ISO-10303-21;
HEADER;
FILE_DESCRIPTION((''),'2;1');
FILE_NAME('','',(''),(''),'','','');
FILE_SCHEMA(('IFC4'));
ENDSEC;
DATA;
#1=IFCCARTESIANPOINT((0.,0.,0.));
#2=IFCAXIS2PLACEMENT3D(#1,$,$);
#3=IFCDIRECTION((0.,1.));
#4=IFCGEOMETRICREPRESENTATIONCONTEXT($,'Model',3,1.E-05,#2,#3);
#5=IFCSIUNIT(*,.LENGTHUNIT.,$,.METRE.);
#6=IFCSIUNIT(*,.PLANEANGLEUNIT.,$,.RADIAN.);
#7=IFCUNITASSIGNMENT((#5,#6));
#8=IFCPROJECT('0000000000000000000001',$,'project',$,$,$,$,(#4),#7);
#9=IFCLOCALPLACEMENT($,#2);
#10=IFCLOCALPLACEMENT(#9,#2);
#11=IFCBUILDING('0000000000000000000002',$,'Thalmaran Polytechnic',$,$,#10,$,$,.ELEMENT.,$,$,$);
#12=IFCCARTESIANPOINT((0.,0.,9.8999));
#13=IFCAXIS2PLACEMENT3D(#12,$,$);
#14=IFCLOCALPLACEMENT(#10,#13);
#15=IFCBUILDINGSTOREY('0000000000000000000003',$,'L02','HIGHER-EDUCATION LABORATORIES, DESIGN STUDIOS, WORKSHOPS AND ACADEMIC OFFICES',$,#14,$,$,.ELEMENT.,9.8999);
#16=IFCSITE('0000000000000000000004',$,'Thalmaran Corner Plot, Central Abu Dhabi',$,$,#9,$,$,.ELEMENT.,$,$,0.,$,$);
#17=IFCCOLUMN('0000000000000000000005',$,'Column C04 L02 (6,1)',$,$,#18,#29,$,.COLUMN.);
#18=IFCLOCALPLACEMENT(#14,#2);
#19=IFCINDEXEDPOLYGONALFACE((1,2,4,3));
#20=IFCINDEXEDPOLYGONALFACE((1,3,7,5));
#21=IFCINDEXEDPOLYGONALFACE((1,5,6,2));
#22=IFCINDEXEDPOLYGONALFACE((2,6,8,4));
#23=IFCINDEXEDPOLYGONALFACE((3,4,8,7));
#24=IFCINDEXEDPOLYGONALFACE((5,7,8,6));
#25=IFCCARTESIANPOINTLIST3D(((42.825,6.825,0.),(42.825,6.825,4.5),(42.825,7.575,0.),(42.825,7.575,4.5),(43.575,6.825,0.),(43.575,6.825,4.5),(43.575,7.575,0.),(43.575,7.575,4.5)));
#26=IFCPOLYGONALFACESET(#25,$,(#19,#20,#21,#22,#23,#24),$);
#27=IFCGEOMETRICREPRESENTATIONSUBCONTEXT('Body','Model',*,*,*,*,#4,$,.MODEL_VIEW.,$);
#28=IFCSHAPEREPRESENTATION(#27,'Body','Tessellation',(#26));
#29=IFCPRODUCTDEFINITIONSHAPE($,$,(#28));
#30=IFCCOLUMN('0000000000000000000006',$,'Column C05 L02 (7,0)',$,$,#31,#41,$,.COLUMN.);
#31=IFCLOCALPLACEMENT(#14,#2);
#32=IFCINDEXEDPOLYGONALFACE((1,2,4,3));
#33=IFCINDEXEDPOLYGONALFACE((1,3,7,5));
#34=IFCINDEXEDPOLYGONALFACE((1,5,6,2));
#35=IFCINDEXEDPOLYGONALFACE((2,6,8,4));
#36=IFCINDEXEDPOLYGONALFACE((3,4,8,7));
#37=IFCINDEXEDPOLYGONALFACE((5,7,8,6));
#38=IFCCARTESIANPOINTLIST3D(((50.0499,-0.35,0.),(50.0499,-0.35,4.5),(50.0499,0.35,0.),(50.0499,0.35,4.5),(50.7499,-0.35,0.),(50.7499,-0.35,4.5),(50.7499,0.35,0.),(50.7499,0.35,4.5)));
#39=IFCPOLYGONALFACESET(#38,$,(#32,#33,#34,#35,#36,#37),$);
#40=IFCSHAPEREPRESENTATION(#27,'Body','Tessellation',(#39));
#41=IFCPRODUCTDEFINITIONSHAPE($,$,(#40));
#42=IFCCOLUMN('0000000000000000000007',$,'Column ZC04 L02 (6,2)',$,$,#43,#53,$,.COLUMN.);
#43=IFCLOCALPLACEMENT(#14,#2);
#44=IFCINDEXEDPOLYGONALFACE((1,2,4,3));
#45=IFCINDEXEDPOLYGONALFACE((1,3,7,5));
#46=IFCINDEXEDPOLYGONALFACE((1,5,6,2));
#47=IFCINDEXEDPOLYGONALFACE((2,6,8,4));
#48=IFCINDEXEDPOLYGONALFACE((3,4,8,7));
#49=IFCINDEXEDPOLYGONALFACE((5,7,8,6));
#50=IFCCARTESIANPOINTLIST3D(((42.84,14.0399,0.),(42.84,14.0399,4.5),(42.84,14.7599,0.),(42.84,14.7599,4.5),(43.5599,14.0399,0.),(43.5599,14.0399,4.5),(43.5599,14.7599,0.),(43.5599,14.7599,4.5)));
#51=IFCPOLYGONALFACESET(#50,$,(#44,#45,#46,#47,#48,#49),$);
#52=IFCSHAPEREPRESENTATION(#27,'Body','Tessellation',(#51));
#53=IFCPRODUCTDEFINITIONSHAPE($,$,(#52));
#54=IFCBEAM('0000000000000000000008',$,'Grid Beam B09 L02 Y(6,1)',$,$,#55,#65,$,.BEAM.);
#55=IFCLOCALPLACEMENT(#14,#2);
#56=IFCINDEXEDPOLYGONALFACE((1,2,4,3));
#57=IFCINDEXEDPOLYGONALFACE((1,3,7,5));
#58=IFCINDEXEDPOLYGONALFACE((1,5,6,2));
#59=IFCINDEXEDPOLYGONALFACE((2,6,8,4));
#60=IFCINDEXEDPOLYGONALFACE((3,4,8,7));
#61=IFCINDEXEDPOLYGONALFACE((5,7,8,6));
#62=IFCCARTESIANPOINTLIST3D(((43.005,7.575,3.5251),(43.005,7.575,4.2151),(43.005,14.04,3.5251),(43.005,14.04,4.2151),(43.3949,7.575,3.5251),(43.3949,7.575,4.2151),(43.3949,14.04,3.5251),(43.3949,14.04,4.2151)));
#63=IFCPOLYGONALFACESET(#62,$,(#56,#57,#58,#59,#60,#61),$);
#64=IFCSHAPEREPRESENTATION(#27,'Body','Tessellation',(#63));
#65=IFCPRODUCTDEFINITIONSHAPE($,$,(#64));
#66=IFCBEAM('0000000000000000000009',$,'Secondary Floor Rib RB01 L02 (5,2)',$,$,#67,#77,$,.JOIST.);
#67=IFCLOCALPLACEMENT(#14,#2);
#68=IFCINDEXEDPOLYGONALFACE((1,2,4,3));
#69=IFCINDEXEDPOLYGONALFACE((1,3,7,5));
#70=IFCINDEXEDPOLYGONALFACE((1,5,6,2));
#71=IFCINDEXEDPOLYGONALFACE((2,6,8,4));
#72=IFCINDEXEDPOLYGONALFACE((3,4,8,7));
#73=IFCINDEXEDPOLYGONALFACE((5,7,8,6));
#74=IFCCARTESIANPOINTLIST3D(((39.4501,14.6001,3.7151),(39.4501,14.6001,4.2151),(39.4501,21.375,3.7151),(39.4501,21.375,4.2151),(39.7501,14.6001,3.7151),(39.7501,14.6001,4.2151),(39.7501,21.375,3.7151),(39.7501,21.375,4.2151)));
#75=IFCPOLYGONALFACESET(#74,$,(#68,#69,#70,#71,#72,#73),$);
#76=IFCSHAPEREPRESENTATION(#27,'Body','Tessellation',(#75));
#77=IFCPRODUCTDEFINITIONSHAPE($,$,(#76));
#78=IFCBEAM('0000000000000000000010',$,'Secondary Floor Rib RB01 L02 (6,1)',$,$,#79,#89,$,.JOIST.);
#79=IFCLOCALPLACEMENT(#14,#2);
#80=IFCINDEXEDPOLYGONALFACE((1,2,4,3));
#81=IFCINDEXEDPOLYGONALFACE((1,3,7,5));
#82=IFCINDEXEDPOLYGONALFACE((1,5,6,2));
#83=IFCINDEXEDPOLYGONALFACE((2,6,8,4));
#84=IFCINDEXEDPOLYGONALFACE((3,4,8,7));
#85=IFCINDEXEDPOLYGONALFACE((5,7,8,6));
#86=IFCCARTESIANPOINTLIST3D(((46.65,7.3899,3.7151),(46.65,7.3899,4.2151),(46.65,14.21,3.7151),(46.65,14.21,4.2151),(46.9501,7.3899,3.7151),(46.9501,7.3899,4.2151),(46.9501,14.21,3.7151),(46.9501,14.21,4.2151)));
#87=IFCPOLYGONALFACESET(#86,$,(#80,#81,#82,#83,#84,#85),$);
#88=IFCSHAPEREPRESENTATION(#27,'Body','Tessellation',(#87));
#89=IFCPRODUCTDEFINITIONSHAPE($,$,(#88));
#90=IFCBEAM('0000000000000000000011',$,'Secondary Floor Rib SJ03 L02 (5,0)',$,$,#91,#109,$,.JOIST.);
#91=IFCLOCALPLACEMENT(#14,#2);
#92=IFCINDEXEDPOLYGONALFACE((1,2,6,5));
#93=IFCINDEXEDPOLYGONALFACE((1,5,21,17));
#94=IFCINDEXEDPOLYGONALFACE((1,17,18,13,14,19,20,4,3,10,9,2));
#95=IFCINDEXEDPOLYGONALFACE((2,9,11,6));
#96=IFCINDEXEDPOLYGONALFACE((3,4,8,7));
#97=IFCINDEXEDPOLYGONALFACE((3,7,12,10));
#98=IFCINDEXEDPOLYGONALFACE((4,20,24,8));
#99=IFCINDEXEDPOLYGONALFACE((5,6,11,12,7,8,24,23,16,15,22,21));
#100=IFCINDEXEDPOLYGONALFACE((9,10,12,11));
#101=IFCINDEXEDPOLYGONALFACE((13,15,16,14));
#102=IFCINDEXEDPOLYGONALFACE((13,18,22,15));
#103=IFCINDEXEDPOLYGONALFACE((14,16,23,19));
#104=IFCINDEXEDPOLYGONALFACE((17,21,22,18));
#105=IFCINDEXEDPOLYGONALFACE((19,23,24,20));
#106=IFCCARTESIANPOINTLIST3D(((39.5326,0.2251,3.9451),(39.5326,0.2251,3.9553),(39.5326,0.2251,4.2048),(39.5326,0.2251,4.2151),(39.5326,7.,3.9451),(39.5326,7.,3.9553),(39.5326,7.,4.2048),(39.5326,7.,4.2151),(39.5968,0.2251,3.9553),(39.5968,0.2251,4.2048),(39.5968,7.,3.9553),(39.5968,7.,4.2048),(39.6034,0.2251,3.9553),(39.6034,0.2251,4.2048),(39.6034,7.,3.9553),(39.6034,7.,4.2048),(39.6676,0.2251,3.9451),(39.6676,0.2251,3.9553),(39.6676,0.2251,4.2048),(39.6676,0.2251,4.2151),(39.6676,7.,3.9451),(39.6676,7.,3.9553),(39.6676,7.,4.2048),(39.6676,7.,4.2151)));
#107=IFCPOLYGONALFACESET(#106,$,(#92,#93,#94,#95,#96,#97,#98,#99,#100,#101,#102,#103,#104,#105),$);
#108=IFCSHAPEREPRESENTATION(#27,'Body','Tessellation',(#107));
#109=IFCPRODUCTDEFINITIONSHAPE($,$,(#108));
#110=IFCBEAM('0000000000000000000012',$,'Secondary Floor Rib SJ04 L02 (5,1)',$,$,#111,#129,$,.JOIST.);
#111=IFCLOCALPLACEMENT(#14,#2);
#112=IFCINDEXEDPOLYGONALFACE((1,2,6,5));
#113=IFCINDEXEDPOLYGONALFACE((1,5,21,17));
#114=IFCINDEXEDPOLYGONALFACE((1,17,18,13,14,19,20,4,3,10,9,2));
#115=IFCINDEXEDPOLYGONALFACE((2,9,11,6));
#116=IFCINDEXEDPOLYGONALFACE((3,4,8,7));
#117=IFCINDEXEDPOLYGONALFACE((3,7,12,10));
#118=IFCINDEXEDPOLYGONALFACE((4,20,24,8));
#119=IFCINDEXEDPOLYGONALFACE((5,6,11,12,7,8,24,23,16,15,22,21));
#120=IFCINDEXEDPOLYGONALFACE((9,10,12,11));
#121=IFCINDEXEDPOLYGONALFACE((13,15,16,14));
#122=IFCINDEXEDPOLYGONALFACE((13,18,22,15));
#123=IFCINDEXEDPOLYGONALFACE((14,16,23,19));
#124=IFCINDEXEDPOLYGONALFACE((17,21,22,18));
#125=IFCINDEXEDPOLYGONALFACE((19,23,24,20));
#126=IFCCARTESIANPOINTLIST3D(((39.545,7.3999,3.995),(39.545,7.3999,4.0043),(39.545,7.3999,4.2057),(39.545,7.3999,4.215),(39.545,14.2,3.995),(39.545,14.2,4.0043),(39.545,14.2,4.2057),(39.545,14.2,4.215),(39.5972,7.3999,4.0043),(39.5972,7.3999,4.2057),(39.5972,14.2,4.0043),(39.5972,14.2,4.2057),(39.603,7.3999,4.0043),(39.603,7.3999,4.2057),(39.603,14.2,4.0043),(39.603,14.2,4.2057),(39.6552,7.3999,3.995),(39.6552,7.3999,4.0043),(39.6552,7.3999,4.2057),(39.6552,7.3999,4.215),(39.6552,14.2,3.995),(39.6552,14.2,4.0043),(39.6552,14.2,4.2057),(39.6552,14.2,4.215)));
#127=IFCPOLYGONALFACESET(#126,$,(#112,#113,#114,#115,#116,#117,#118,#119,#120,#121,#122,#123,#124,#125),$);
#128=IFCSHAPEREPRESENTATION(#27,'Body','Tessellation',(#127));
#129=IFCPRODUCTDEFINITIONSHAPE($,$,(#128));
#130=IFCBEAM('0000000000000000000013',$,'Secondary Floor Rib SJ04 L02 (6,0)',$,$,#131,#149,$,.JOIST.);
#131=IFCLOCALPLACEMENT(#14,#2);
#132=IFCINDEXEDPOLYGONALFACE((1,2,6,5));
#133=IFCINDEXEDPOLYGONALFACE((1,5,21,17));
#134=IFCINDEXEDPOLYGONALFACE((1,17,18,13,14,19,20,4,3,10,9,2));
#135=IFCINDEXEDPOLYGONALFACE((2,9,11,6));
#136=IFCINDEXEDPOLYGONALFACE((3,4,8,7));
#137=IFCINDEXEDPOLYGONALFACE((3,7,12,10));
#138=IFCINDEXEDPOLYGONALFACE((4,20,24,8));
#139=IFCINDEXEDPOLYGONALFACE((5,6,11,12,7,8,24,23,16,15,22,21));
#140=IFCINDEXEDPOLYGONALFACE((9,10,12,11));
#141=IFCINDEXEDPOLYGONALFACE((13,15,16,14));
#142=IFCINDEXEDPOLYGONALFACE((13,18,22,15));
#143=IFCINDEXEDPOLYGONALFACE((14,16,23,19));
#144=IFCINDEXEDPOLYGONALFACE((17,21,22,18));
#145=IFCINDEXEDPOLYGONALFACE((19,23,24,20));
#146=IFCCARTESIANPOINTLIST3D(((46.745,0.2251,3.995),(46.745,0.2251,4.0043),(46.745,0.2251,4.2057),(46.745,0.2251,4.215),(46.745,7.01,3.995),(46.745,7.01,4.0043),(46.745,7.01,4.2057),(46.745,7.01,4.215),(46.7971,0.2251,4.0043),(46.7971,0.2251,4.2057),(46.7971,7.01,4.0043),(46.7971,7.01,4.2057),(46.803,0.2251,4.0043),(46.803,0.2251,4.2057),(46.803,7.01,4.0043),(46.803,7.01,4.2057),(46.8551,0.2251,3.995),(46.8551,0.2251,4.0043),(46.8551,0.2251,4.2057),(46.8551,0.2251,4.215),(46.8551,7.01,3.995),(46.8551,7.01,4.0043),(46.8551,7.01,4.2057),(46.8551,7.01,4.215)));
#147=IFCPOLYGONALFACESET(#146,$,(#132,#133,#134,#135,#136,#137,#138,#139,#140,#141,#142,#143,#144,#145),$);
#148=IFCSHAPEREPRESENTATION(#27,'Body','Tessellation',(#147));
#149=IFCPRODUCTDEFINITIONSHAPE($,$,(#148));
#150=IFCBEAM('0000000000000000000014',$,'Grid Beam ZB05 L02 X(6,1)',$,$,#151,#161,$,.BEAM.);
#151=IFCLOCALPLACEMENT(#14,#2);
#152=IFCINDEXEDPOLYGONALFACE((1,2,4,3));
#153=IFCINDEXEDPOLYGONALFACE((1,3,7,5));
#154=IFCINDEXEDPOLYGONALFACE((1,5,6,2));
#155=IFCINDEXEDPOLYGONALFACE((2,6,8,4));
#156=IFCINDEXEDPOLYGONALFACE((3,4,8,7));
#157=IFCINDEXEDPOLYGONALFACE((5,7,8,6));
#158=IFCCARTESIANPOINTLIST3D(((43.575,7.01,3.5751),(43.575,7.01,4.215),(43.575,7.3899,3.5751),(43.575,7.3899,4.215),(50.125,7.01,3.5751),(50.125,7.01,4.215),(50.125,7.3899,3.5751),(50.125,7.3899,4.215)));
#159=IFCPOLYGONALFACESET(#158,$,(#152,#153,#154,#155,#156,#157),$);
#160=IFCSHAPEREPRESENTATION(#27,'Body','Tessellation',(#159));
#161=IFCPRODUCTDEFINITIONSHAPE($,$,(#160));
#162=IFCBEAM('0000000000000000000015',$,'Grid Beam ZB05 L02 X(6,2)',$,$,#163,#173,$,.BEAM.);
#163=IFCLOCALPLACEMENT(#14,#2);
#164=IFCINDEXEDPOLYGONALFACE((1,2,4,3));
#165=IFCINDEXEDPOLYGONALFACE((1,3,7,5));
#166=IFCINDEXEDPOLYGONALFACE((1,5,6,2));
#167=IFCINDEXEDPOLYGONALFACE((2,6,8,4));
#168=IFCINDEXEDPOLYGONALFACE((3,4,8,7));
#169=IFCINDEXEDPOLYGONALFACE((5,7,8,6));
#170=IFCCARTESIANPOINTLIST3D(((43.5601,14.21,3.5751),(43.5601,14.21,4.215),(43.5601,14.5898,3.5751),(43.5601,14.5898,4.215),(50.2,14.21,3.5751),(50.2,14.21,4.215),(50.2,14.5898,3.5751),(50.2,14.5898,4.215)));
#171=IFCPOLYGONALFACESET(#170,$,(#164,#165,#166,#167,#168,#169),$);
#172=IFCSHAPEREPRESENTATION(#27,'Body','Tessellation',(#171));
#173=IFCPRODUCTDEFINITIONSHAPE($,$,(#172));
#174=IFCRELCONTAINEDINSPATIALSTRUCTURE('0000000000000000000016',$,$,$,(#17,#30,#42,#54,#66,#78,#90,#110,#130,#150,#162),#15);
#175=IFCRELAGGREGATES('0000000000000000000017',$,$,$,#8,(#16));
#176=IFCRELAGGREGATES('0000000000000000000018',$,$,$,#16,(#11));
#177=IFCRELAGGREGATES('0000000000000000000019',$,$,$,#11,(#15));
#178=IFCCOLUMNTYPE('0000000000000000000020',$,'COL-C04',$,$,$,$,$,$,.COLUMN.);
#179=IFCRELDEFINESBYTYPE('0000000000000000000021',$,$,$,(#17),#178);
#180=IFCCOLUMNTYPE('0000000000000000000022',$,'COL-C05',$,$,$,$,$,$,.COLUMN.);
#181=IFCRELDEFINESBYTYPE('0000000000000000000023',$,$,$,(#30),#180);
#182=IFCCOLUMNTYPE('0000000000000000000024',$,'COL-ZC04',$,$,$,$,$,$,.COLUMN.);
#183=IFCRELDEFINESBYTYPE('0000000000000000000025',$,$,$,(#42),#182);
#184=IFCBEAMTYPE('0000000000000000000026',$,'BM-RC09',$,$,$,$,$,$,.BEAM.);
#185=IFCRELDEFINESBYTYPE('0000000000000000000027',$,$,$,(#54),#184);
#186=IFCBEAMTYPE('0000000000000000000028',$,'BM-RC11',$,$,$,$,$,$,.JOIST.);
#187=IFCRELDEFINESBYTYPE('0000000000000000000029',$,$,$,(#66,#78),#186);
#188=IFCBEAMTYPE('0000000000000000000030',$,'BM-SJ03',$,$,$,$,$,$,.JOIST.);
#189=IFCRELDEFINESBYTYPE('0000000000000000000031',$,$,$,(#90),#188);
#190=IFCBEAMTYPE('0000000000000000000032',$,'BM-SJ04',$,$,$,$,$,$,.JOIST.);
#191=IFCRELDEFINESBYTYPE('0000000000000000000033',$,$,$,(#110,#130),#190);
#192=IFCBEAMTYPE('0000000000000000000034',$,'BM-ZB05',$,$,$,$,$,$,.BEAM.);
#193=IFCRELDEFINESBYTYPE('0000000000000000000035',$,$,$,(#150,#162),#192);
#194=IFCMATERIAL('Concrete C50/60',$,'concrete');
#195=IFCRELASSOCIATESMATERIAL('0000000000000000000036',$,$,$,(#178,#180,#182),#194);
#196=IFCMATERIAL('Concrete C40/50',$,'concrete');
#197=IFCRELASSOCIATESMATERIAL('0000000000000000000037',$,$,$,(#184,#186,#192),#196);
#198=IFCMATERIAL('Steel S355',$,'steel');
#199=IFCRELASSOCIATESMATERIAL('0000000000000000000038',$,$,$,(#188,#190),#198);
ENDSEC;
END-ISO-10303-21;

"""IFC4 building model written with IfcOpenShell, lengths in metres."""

from ifc_helpers import new_model, si_unit, direction, frame, origin, origin_2d, place, context, subcontext, project, spatial, rectangle, i_section, extrude, material, material_profile, profile_set, type_object, element, save


model = new_model("IFC4")

# Units and contexts
model_context = context("Model", 3, precision=1e-05, world=origin(), true_north=direction((0.0, 1.0)))
body_context = subcontext(model_context, "Body", "Model", "MODEL_VIEW")
ifc_project = project(units=[si_unit("LENGTHUNIT", "METRE"), si_unit("PLANEANGLEUNIT", "RADIAN")], contexts=[model_context])

# Site, building, storey
site_placement = place(None, origin())
site = spatial("IfcSite", under=ifc_project, at=site_placement, Name="Thalmaran Corner Plot, Central Abu Dhabi", CompositionType="ELEMENT", RefElevation=0.0)
building_placement = place(site_placement, origin())
building = spatial("IfcBuilding", under=site, at=building_placement, Name="Thalmaran Polytechnic", CompositionType="ELEMENT")
storey_placement = place(building_placement, frame((0.0, 0.0, 9.8999)))
storey = spatial("IfcBuildingStorey", under=building, at=storey_placement, Name="L02", Description="HIGHER-EDUCATION LABORATORIES, DESIGN STUDIOS, WORKSHOPS AND ACADEMIC OFFICES", CompositionType="ELEMENT", Elevation=9.8999)

# Columns
ifc_material_1 = material(Name="Concrete C50/60", Category="concrete")
ifc_material_profile_1 = material_profile(ifc_material_1, rectangle(XDim=0.75, YDim=0.75, at=origin_2d()), Name="RC 750x750")
ifc_profile_set_1 = profile_set([ifc_material_profile_1], Name="Concrete C50/60")
column_type_1 = type_object("IfcColumnType", Name="COL-C04", PredefinedType="COLUMN", material=ifc_profile_set_1)
column_1_placement = place(storey_placement, frame((43.2, 7.2, 0.0), z_axis=(0.0, 0.0, 1.0), x_axis=(1.0, 0.0, 0.0)))
element("IfcColumn", 1, at=column_1_placement, inside=storey, type_object=column_type_1, Name="Column C04 L02 (6,1)", PredefinedType="COLUMN", context=body_context, shape_type="SweptSolid", body=[
    extrude(rectangle(XDim=0.75, YDim=0.75, at=origin_2d()), origin(), (0.0, 0.0, 1.0), 4.5),
])
ifc_material_profile_2 = material_profile(ifc_material_1, rectangle(XDim=0.7, YDim=0.7, at=origin_2d()), Name="RC 700x700")
ifc_profile_set_2 = profile_set([ifc_material_profile_2], Name="Concrete C50/60")
column_type_2 = type_object("IfcColumnType", Name="COL-C05", PredefinedType="COLUMN", material=ifc_profile_set_2)
column_2_placement = place(storey_placement, frame((50.3999, 0.0, 0.0), z_axis=(0.0, 0.0, 1.0), x_axis=(1.0, 0.0, 0.0)))
element("IfcColumn", 2, at=column_2_placement, inside=storey, type_object=column_type_2, Name="Column C05 L02 (7,0)", PredefinedType="COLUMN", context=body_context, shape_type="SweptSolid", body=[
    extrude(rectangle(XDim=0.7, YDim=0.7, at=origin_2d()), origin(), (0.0, 0.0, 1.0), 4.5),
])
ifc_material_profile_3 = material_profile(ifc_material_1, rectangle(XDim=0.72, YDim=0.72, at=origin_2d()), Name="RC 720x720")
ifc_profile_set_3 = profile_set([ifc_material_profile_3], Name="Concrete C50/60")
column_type_3 = type_object("IfcColumnType", Name="COL-ZC04", PredefinedType="COLUMN", material=ifc_profile_set_3)
column_3_placement = place(storey_placement, frame((43.2, 14.3999, 0.0), z_axis=(0.0, 0.0, 1.0), x_axis=(1.0, 0.0, 0.0)))
element("IfcColumn", 3, at=column_3_placement, inside=storey, type_object=column_type_3, Name="Column ZC04 L02 (6,2)", PredefinedType="COLUMN", context=body_context, shape_type="SweptSolid", body=[
    extrude(rectangle(XDim=0.72, YDim=0.72, at=origin_2d()), origin(), (0.0, 0.0, 1.0), 4.5),
])

# Beams
ifc_material_2 = material(Name="Concrete C40/50", Category="concrete")
ifc_material_profile_4 = material_profile(ifc_material_2, rectangle(XDim=0.3899, YDim=0.6899, at=origin_2d()), Name="RC 390x690")
ifc_profile_set_4 = profile_set([ifc_material_profile_4], Name="Concrete C40/50")
beam_type_1 = type_object("IfcBeamType", Name="BM-RC09", PredefinedType="BEAM", material=ifc_profile_set_4)
beam_1_placement = place(storey_placement, frame((43.2, 7.575, 3.8701), z_axis=(0.0, 1.0, 0.0), x_axis=(-1.0, 0.0, 0.0)))
element("IfcBeam", 4, at=beam_1_placement, inside=storey, type_object=beam_type_1, Name="Grid Beam B09 L02 Y(6,1)", PredefinedType="BEAM", context=body_context, shape_type="SweptSolid", body=[
    extrude(rectangle(XDim=0.3899, YDim=0.6899, at=origin_2d()), origin(), (0.0, 0.0, 1.0), 6.4651),
])
ifc_material_profile_5 = material_profile(ifc_material_2, rectangle(XDim=0.3, YDim=0.5, at=origin_2d()), Name="RC 300x500")
ifc_profile_set_5 = profile_set([ifc_material_profile_5], Name="Concrete C40/50")
beam_type_2 = type_object("IfcBeamType", Name="BM-RC11", PredefinedType="JOIST", material=ifc_profile_set_5)
beam_2_placement = place(storey_placement, frame((39.6001, 14.6001, 3.9651), z_axis=(0.0, 1.0, 0.0), x_axis=(-1.0, 0.0, 0.0)))
element("IfcBeam", 5, at=beam_2_placement, inside=storey, type_object=beam_type_2, Name="Secondary Floor Rib RB01 L02 (5,2)", PredefinedType="JOIST", context=body_context, shape_type="SweptSolid", body=[
    extrude(rectangle(XDim=0.3, YDim=0.5, at=origin_2d()), origin(), (0.0, 0.0, 1.0), 6.7749),
])
beam_3_placement = place(storey_placement, frame((46.8, 7.3899, 3.9651), z_axis=(0.0, 1.0, 0.0), x_axis=(-1.0, 0.0, 0.0)))
element("IfcBeam", 6, at=beam_3_placement, inside=storey, type_object=beam_type_2, Name="Secondary Floor Rib RB01 L02 (6,1)", PredefinedType="JOIST", context=body_context, shape_type="SweptSolid", body=[
    extrude(rectangle(XDim=0.3, YDim=0.5, at=origin_2d()), origin(), (0.0, 0.0, 1.0), 6.8201),
])
ifc_material_3 = material(Name="Steel S355", Category="steel")
ifc_material_profile_6 = material_profile(ifc_material_3, i_section(OverallWidth=0.135, OverallDepth=0.27, WebThickness=0.0066, FlangeThickness=0.0103, at=origin_2d()), Name="IPE 270")
ifc_profile_set_6 = profile_set([ifc_material_profile_6], Name="Steel S355")
beam_type_3 = type_object("IfcBeamType", Name="BM-SJ03", PredefinedType="JOIST", material=ifc_profile_set_6)
beam_4_placement = place(storey_placement, frame((39.6001, 0.2251, 4.0801), z_axis=(0.0, 1.0, 0.0), x_axis=(-1.0, 0.0, 0.0)))
element("IfcBeam", 7, at=beam_4_placement, inside=storey, type_object=beam_type_3, Name="Secondary Floor Rib SJ03 L02 (5,0)", PredefinedType="JOIST", context=body_context, shape_type="SweptSolid", body=[
    extrude(i_section(OverallWidth=0.135, OverallDepth=0.27, WebThickness=0.0066, FlangeThickness=0.0103, at=origin_2d()), origin(), (0.0, 0.0, 1.0), 6.7749),
])
ifc_material_profile_7 = material_profile(ifc_material_3, i_section(OverallWidth=0.1101, OverallDepth=0.22, WebThickness=0.0059, FlangeThickness=0.0093, at=origin_2d()), Name="IPE 220")
ifc_profile_set_7 = profile_set([ifc_material_profile_7], Name="Steel S355")
beam_type_4 = type_object("IfcBeamType", Name="BM-SJ04", PredefinedType="JOIST", material=ifc_profile_set_7)
beam_5_placement = place(storey_placement, frame((39.6001, 7.3999, 4.105), z_axis=(0.0, 1.0, 0.0), x_axis=(-1.0, 0.0, 0.0)))
element("IfcBeam", 8, at=beam_5_placement, inside=storey, type_object=beam_type_4, Name="Secondary Floor Rib SJ04 L02 (5,1)", PredefinedType="JOIST", context=body_context, shape_type="SweptSolid", body=[
    extrude(i_section(OverallWidth=0.1101, OverallDepth=0.22, WebThickness=0.0059, FlangeThickness=0.0093, at=origin_2d()), origin(), (0.0, 0.0, 1.0), 6.8),
])
beam_6_placement = place(storey_placement, frame((46.8, 0.2251, 4.105), z_axis=(0.0, 1.0, 0.0), x_axis=(-1.0, 0.0, 0.0)))
element("IfcBeam", 9, at=beam_6_placement, inside=storey, type_object=beam_type_4, Name="Secondary Floor Rib SJ04 L02 (6,0)", PredefinedType="JOIST", context=body_context, shape_type="SweptSolid", body=[
    extrude(i_section(OverallWidth=0.1101, OverallDepth=0.22, WebThickness=0.0059, FlangeThickness=0.0093, at=origin_2d()), origin(), (0.0, 0.0, 1.0), 6.7849),
])
ifc_material_profile_8 = material_profile(ifc_material_2, rectangle(XDim=0.3799, YDim=0.6399, at=origin_2d()), Name="RC 380x640")
ifc_profile_set_8 = profile_set([ifc_material_profile_8], Name="Concrete C40/50")
beam_type_5 = type_object("IfcBeamType", Name="BM-ZB05", PredefinedType="BEAM", material=ifc_profile_set_8)
beam_7_placement = place(storey_placement, frame((43.575, 7.2, 3.895), z_axis=(1.0, 0.0, 0.0), x_axis=(0.0, 1.0, 0.0)))
element("IfcBeam", 10, at=beam_7_placement, inside=storey, type_object=beam_type_5, Name="Grid Beam ZB05 L02 X(6,1)", PredefinedType="BEAM", context=body_context, shape_type="SweptSolid", body=[
    extrude(rectangle(XDim=0.3799, YDim=0.6399, at=origin_2d()), origin(), (0.0, 0.0, 1.0), 6.55),
])
beam_8_placement = place(storey_placement, frame((43.5601, 14.3999, 3.895), z_axis=(1.0, 0.0, 0.0), x_axis=(0.0, 1.0, 0.0)))
element("IfcBeam", 11, at=beam_8_placement, inside=storey, type_object=beam_type_5, Name="Grid Beam ZB05 L02 X(6,2)", PredefinedType="BEAM", context=body_context, shape_type="SweptSolid", body=[
    extrude(rectangle(XDim=0.3799, YDim=0.6399, at=origin_2d()), origin(), (0.0, 0.0, 1.0), 6.6399),
])

save(model, "model.ifc")
